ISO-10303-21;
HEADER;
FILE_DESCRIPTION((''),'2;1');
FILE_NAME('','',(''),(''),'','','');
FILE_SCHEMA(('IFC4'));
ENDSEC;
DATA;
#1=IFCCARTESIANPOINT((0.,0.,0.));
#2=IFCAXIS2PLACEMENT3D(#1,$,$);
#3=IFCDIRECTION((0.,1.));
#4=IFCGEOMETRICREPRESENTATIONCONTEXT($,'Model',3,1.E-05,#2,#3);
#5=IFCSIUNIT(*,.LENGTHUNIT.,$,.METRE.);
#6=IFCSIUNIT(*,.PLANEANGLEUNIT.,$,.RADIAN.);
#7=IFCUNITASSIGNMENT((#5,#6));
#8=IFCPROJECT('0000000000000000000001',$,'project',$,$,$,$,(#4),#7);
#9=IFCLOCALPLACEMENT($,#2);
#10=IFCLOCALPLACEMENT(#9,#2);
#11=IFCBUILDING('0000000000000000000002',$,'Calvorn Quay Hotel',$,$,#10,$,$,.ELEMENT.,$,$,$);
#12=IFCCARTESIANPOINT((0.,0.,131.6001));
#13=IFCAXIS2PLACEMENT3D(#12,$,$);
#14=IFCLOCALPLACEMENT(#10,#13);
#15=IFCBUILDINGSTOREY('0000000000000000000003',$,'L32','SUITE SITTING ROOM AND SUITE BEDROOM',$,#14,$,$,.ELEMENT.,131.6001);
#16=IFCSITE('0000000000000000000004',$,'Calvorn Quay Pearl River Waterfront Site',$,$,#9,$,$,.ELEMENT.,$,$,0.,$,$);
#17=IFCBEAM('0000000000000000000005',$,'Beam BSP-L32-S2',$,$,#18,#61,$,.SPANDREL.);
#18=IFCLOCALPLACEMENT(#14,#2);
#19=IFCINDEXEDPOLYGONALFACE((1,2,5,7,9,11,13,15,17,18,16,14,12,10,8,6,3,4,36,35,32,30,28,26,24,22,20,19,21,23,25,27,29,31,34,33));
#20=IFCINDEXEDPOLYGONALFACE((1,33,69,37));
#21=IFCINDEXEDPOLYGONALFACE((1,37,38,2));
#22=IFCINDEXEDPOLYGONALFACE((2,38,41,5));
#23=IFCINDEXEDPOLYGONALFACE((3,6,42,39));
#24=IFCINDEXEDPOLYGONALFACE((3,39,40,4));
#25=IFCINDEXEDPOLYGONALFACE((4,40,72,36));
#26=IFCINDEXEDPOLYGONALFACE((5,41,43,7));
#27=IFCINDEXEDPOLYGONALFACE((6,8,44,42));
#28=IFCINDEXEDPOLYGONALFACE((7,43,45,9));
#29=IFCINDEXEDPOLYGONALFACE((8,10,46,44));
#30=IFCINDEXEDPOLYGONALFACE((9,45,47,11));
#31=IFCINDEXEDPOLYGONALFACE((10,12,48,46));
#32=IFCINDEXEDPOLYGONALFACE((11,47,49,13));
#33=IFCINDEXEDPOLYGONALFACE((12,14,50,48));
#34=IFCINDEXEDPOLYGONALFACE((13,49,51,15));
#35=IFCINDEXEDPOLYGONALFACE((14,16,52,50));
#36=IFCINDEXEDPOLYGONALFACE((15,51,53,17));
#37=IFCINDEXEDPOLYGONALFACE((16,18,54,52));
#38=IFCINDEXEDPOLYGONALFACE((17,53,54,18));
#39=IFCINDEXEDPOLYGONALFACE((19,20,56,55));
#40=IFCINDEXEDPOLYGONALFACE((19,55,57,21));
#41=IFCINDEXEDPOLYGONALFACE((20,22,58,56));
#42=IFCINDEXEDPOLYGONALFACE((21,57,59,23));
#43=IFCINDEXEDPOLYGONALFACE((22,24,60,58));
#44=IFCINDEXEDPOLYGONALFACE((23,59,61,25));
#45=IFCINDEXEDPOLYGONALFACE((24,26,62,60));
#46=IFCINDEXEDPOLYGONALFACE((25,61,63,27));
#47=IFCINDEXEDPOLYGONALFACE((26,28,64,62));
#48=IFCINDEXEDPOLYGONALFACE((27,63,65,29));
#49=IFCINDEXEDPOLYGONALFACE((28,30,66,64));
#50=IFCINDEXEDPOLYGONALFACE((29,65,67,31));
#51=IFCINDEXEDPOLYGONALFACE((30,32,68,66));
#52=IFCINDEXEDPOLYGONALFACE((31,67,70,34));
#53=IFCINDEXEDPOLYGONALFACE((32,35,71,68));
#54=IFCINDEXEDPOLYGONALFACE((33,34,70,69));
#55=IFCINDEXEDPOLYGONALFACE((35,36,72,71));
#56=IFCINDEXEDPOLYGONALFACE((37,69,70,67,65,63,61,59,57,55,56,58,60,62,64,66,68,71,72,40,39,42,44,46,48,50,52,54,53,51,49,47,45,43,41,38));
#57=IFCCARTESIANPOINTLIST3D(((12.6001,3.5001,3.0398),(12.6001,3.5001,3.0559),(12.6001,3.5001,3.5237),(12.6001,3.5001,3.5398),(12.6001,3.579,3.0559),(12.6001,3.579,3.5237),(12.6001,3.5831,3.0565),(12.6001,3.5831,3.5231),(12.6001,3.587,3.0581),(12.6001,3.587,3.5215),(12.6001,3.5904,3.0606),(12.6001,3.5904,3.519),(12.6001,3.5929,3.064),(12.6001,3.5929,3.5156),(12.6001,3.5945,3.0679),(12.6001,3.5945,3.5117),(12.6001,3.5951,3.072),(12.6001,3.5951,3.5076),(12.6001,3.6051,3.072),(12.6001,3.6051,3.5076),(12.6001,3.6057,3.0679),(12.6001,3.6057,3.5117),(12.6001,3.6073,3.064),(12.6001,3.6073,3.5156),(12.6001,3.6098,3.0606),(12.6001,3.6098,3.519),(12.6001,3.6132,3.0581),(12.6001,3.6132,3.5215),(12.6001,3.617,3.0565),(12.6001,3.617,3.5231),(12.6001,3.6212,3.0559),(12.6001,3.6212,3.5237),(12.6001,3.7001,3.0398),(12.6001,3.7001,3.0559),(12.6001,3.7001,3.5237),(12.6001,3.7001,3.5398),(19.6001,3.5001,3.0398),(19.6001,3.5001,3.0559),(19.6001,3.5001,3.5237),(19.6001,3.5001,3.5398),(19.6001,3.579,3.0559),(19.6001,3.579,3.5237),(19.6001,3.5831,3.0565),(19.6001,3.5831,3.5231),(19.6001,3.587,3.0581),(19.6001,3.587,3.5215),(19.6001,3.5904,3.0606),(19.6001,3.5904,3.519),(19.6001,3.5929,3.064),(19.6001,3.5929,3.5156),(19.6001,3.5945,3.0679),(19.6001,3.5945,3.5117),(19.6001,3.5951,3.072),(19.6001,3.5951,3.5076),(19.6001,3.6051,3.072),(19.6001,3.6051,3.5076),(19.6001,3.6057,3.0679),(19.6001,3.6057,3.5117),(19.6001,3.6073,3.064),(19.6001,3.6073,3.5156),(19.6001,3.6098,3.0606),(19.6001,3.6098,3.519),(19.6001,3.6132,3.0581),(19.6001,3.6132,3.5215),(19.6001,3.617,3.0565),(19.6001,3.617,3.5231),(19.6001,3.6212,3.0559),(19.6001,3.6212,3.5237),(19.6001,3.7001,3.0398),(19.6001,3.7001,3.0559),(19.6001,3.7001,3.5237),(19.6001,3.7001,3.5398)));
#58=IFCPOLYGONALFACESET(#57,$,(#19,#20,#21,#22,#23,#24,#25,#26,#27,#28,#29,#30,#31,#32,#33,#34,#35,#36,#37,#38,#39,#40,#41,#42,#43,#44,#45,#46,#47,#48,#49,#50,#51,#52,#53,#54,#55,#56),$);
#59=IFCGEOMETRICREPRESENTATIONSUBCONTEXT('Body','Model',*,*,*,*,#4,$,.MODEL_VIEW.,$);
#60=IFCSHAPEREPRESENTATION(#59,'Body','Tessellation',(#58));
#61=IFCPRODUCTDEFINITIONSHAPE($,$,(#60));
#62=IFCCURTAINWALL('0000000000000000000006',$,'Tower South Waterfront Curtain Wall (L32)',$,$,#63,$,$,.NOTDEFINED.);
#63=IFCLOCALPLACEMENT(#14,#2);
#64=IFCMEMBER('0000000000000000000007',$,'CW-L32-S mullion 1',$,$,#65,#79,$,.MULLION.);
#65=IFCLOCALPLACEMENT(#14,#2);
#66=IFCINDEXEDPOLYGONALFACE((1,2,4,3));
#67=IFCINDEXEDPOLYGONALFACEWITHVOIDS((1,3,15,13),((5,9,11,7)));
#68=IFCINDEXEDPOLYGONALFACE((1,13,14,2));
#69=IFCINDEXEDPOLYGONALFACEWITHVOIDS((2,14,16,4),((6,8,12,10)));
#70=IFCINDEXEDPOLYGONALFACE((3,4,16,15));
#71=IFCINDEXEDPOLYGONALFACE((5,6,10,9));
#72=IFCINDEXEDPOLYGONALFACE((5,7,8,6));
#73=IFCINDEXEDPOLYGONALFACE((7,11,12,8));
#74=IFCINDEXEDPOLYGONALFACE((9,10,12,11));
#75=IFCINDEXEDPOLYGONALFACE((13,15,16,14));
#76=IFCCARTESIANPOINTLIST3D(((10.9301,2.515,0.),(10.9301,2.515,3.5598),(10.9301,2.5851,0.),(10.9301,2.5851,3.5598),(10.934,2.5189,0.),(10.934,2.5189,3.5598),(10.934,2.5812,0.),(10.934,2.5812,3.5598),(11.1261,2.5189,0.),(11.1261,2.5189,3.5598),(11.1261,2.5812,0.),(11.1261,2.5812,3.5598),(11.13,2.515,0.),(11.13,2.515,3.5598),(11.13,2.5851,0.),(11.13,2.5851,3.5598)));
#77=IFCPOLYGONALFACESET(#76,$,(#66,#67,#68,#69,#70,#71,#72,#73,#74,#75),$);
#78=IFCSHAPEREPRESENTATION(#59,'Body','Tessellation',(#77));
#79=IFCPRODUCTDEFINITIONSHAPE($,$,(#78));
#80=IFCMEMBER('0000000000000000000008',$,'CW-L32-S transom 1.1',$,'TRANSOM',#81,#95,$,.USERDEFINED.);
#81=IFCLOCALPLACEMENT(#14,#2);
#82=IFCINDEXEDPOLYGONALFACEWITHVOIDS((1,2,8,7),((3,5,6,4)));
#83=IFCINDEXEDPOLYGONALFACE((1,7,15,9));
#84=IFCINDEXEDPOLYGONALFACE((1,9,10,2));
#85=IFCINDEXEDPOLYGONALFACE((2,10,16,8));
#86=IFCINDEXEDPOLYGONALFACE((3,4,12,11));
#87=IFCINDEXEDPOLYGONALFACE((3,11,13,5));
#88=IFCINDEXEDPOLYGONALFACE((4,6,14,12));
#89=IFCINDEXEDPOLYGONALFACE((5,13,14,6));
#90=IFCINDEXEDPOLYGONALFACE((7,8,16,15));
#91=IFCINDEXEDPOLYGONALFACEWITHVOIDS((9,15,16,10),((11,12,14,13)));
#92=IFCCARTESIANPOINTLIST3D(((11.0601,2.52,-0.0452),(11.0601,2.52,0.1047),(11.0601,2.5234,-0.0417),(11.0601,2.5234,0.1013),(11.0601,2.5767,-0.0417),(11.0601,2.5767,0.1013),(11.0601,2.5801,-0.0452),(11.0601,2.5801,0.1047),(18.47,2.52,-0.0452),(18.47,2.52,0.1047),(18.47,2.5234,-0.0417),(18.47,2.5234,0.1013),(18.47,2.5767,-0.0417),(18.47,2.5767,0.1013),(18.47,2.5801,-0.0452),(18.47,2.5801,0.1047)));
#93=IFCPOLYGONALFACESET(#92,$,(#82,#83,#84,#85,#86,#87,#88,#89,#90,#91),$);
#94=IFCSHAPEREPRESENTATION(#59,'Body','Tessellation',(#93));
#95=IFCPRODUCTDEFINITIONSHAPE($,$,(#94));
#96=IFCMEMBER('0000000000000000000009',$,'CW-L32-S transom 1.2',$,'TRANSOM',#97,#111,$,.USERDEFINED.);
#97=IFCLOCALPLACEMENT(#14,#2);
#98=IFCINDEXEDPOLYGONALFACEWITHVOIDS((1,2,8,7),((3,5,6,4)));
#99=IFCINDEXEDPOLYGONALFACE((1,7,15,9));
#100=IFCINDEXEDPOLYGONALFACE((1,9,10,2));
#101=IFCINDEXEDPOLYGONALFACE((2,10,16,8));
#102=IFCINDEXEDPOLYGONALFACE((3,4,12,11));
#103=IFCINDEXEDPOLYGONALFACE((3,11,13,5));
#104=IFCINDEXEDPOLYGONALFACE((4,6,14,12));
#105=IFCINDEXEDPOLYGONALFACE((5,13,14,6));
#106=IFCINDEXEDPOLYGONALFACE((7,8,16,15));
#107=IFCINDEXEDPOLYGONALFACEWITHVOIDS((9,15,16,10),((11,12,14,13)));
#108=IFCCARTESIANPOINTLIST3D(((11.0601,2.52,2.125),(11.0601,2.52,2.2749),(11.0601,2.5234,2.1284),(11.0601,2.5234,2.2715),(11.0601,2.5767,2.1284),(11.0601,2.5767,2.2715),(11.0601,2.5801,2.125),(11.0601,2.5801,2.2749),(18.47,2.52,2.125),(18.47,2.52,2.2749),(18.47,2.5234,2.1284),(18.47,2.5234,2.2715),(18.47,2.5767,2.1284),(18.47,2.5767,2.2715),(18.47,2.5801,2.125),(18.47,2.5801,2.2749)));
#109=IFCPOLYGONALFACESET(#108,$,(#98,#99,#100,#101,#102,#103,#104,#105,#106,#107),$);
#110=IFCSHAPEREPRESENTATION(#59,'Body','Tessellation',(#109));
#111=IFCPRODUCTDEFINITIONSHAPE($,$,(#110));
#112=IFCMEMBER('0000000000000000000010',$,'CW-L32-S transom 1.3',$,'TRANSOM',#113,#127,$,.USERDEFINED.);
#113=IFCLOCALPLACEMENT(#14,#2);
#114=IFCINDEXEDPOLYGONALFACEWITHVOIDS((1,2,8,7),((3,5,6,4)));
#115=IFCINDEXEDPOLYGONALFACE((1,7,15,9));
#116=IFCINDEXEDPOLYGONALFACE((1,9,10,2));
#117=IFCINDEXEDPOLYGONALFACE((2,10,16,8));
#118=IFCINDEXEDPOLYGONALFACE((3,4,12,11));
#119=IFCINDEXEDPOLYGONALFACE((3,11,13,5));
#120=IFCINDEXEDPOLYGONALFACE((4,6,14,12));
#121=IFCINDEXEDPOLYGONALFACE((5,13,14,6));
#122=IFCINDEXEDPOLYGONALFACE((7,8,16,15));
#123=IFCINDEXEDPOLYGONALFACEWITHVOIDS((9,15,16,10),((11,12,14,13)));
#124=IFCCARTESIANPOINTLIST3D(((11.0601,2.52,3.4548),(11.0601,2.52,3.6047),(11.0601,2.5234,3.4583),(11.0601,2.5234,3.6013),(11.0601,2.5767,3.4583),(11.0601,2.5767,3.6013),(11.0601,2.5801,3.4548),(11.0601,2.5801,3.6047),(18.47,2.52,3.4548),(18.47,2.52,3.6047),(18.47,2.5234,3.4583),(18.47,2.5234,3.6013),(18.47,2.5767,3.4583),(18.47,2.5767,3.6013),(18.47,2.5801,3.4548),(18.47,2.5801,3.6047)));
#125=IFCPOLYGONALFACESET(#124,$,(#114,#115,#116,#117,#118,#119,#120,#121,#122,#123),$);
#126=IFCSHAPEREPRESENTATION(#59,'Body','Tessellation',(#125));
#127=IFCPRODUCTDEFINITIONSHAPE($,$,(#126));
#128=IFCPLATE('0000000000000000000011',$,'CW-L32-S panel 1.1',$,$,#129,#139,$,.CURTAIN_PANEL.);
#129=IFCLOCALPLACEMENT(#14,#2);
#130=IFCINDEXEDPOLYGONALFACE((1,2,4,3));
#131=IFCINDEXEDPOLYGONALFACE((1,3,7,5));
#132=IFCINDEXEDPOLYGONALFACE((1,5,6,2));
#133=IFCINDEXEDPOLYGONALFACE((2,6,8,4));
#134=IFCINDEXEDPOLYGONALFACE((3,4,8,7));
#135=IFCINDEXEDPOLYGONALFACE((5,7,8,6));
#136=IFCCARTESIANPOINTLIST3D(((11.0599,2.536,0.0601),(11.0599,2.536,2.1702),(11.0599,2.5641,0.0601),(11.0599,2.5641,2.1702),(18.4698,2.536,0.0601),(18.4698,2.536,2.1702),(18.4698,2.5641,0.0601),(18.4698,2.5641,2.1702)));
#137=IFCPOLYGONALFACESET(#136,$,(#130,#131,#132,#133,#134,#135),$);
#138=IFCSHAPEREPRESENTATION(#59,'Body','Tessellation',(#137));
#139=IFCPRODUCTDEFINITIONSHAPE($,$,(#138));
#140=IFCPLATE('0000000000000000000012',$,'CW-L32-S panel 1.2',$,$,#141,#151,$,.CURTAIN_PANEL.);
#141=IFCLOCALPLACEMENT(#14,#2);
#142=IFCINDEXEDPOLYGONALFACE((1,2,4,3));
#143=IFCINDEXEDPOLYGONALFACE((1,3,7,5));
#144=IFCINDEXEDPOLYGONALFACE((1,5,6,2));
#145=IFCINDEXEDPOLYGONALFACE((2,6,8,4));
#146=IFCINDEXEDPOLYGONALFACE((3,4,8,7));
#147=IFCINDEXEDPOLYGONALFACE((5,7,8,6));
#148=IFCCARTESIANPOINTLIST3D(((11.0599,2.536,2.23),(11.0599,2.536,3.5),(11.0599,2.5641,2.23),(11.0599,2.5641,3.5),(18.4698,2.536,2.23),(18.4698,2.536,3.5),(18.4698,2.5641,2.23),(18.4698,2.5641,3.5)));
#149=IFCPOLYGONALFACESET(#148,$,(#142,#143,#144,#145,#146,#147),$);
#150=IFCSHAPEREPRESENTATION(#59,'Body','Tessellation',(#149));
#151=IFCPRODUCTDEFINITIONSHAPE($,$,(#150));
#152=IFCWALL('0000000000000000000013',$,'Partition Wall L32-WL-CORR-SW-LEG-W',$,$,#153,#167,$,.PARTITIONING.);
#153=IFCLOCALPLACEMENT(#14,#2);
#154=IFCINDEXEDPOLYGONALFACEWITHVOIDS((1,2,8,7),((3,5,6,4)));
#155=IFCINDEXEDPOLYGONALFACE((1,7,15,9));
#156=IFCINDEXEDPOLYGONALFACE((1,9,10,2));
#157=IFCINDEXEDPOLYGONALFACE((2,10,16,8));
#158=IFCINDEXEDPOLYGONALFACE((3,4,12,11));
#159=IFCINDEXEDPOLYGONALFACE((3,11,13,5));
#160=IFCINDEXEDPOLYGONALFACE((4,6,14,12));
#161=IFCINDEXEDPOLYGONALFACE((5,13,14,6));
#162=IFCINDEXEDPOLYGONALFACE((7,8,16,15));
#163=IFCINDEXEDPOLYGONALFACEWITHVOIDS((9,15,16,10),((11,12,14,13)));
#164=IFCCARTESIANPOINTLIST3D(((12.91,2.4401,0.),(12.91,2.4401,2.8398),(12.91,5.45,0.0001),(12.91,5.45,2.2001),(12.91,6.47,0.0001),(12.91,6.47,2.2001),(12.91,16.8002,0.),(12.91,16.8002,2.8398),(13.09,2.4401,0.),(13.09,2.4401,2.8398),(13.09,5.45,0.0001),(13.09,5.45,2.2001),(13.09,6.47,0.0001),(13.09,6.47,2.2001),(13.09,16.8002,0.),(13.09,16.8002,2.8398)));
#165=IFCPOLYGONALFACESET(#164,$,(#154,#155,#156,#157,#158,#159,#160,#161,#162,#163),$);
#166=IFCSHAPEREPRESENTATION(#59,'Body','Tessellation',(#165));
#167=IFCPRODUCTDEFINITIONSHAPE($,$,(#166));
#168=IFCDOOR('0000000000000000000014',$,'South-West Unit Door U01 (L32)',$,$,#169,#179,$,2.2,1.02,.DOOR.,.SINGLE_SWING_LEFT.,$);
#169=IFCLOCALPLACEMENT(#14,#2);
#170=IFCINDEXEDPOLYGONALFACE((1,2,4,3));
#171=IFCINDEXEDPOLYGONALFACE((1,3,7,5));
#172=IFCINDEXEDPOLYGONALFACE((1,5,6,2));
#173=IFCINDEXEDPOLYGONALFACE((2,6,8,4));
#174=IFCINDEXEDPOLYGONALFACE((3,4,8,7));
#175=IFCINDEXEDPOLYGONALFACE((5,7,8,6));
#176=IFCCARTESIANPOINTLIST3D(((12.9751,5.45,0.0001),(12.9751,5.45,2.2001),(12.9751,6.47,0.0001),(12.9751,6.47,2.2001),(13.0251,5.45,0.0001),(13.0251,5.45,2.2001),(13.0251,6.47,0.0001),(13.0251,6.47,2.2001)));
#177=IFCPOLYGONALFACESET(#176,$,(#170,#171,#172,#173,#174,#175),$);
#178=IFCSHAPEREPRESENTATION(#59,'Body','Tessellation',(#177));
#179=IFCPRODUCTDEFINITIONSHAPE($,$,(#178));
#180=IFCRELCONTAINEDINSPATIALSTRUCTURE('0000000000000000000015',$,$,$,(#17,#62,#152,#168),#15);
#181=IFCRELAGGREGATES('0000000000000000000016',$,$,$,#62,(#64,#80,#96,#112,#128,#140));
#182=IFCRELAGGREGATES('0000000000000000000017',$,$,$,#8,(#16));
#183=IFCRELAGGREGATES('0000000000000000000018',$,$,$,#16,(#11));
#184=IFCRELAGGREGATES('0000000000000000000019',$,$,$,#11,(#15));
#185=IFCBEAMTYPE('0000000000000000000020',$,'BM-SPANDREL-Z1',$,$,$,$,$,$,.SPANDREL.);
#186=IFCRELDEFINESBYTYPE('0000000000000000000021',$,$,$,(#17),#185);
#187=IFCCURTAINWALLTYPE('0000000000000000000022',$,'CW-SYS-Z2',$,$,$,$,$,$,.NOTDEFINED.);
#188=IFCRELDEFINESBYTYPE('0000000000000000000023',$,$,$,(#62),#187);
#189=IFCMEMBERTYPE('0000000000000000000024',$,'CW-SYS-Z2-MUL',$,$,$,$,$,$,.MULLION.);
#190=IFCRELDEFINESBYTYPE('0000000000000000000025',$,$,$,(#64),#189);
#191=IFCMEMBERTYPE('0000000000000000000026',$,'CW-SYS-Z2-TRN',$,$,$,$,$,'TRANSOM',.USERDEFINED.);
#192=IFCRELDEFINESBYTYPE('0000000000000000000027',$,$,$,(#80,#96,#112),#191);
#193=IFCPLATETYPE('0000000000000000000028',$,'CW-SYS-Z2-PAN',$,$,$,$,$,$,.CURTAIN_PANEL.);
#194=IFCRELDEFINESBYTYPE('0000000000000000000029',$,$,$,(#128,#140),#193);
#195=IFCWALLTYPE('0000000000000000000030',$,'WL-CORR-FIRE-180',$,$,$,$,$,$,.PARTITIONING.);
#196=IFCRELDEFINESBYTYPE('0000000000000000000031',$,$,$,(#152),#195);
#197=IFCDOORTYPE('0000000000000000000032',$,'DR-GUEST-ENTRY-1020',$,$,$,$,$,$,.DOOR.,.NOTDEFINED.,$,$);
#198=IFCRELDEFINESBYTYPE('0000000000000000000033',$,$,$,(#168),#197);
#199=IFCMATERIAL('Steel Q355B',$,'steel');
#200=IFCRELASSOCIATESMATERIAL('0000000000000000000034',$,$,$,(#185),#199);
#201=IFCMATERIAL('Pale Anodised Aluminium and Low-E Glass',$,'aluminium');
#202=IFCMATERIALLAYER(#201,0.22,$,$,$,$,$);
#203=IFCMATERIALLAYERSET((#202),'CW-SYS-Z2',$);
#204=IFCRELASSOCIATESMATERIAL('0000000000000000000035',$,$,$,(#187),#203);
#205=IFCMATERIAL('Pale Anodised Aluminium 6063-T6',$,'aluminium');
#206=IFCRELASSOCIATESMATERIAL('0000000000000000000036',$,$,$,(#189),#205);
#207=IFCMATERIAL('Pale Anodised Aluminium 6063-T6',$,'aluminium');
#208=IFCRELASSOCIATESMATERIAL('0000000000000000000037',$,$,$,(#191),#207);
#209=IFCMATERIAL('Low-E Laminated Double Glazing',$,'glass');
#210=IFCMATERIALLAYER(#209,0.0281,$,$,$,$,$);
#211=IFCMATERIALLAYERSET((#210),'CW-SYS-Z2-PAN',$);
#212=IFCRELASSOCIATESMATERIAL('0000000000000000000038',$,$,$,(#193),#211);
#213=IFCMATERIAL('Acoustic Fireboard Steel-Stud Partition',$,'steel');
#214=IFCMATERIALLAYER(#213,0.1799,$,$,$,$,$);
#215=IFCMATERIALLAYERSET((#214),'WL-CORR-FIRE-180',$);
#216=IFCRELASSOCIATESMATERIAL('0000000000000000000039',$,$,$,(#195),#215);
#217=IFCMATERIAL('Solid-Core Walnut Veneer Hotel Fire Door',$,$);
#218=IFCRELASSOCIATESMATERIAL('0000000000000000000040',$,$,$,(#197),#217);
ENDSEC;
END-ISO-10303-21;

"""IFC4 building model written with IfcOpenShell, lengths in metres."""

from ifc_helpers import new_model, si_unit, direction, frame, frame_2d, origin, origin_2d, place, context, subcontext, project, spatial, rectangle, hollow_rectangle, i_section, extrude, material, layer, layer_set, material_profile, profile_set, type_object, element, fill, aggregate, save


model = new_model("IFC4")

# Units and contexts
model_context = context("Model", 3, precision=1e-05, world=origin(), true_north=direction((0.0, 1.0)))
body_context = subcontext(model_context, "Body", "Model", "MODEL_VIEW")
ifc_project = project(units=[si_unit("LENGTHUNIT", "METRE"), si_unit("PLANEANGLEUNIT", "RADIAN")], contexts=[model_context])

# Site, building, storey
site_placement = place(None, origin())
site = spatial("IfcSite", under=ifc_project, at=site_placement, Name="Calvorn Quay Pearl River Waterfront Site", CompositionType="ELEMENT", RefElevation=0.0)
building_placement = place(site_placement, origin())
building = spatial("IfcBuilding", under=site, at=building_placement, Name="Calvorn Quay Hotel", CompositionType="ELEMENT")
storey_placement = place(building_placement, frame((0.0, 0.0, 131.6001)))
storey = spatial("IfcBuildingStorey", under=building, at=storey_placement, Name="L32", Description="SUITE SITTING ROOM AND SUITE BEDROOM", CompositionType="ELEMENT", Elevation=131.6001)

# Beam
ifc_material_1 = material(Name="Steel Q355B", Category="steel")
ifc_material_profile_1 = material_profile(ifc_material_1, i_section(OverallWidth=0.2, OverallDepth=0.5, WebThickness=0.01, FlangeThickness=0.0161, FilletRadius=0.0161, at=origin_2d()), Name="HN500x200x10x16")
ifc_profile_set_1 = profile_set([ifc_material_profile_1], Name="Steel Q355B")
beam_type_1 = type_object("IfcBeamType", Name="BM-SPANDREL-Z1", PredefinedType="SPANDREL", material=ifc_profile_set_1)
beam_1_placement = place(storey_placement, frame((12.6001, 3.6001, 3.2898), z_axis=(1.0, 0.0, 0.0), x_axis=(0.0, 1.0, 0.0)))
element("IfcBeam", 1, at=beam_1_placement, inside=storey, type_object=beam_type_1, Name="Beam BSP-L32-S2", PredefinedType="SPANDREL", context=body_context, shape_type="SweptSolid", body=[
    extrude(i_section(OverallWidth=0.2, OverallDepth=0.5, WebThickness=0.01, FlangeThickness=0.0161, FilletRadius=0.0161, at=origin_2d()), origin(), (0.0, 0.0, 1.0), 7.0),
])

# Curtain wall, members, plates
ifc_material_2 = material(Name="Pale Anodised Aluminium and Low-E Glass", Category="aluminium")
ifc_layer_1 = layer(ifc_material_2, 0.22)
ifc_layer_set_1 = layer_set([ifc_layer_1], Name="CW-SYS-Z2")
curtain_wall_type = type_object("IfcCurtainWallType", Name="CW-SYS-Z2", PredefinedType="NOTDEFINED", material=ifc_layer_set_1)
curtain_wall_placement = place(storey_placement, origin())
curtain_wall = element("IfcCurtainWall", 2, at=curtain_wall_placement, inside=storey, type_object=curtain_wall_type, Name="Tower South Waterfront Curtain Wall (L32)", PredefinedType="NOTDEFINED")
ifc_material_3 = material(Name="Pale Anodised Aluminium 6063-T6", Category="aluminium")
ifc_material_profile_2 = material_profile(ifc_material_3, hollow_rectangle(XDim=0.0701, YDim=0.2, WallThickness=0.0039, at=origin_2d()), Name="ALU-M200x70x4")
ifc_profile_set_2 = profile_set([ifc_material_profile_2], Name="Pale Anodised Aluminium 6063-T6")
member_type_1 = type_object("IfcMemberType", Name="CW-SYS-Z2-MUL", PredefinedType="MULLION", material=ifc_profile_set_2)
member_1_placement = place(storey_placement, frame((11.03, 2.55, 0.0), z_axis=(0.0, 0.0, 1.0), x_axis=(0.0, 1.0, 0.0)))
member_1 = element("IfcMember", 3, at=member_1_placement, type_object=member_type_1, Name="CW-L32-S mullion 1", PredefinedType="MULLION", context=body_context, shape_type="SweptSolid", body=[
    extrude(hollow_rectangle(XDim=0.0701, YDim=0.2, WallThickness=0.0039, at=origin_2d()), origin(), (0.0, 0.0, 1.0), 3.5598),
])
ifc_material_4 = material(Name="Pale Anodised Aluminium 6063-T6", Category="aluminium")
ifc_material_profile_3 = material_profile(ifc_material_4, hollow_rectangle(XDim=0.0601, YDim=0.1499, WallThickness=0.0034, at=origin_2d()), Name="ALU-T150x60x3.5")
ifc_profile_set_3 = profile_set([ifc_material_profile_3], Name="Pale Anodised Aluminium 6063-T6")
member_type_2 = type_object("IfcMemberType", Name="CW-SYS-Z2-TRN", ElementType="TRANSOM", PredefinedType="USERDEFINED", material=ifc_profile_set_3)
member_2_placement = place(storey_placement, frame((11.0601, 2.55, 0.0298), z_axis=(1.0, 0.0, 0.0), x_axis=(0.0, 1.0, 0.0)))
member_2 = element("IfcMember", 4, at=member_2_placement, type_object=member_type_2, Name="CW-L32-S transom 1.1", ObjectType="TRANSOM", PredefinedType="USERDEFINED", context=body_context, shape_type="SweptSolid", body=[
    extrude(hollow_rectangle(XDim=0.0601, YDim=0.1499, WallThickness=0.0034, at=origin_2d()), origin(), (0.0, 0.0, 1.0), 7.4099),
])
member_3_placement = place(storey_placement, frame((11.0601, 2.55, 2.2), z_axis=(1.0, 0.0, 0.0), x_axis=(0.0, 1.0, 0.0)))
member_3 = element("IfcMember", 5, at=member_3_placement, type_object=member_type_2, Name="CW-L32-S transom 1.2", ObjectType="TRANSOM", PredefinedType="USERDEFINED", context=body_context, shape_type="SweptSolid", body=[
    extrude(hollow_rectangle(XDim=0.0601, YDim=0.1499, WallThickness=0.0034, at=origin_2d()), origin(), (0.0, 0.0, 1.0), 7.4099),
])
member_4_placement = place(storey_placement, frame((11.0601, 2.55, 3.5298), z_axis=(1.0, 0.0, 0.0), x_axis=(0.0, 1.0, 0.0)))
member_4 = element("IfcMember", 6, at=member_4_placement, type_object=member_type_2, Name="CW-L32-S transom 1.3", ObjectType="TRANSOM", PredefinedType="USERDEFINED", context=body_context, shape_type="SweptSolid", body=[
    extrude(hollow_rectangle(XDim=0.0601, YDim=0.1499, WallThickness=0.0034, at=origin_2d()), origin(), (0.0, 0.0, 1.0), 7.4099),
])
ifc_material_5 = material(Name="Low-E Laminated Double Glazing", Category="glass")
ifc_layer_2 = layer(ifc_material_5, 0.0281)
ifc_layer_set_2 = layer_set([ifc_layer_2], Name="CW-SYS-Z2-PAN")
plate_type = type_object("IfcPlateType", Name="CW-SYS-Z2-PAN", PredefinedType="CURTAIN_PANEL", material=ifc_layer_set_2)
plate_1_placement = place(storey_placement, frame((14.7649, 2.55, 0.0601), z_axis=(0.0, 0.0, 1.0), x_axis=(1.0, 0.0, 0.0)))
plate_1 = element("IfcPlate", 7, at=plate_1_placement, type_object=plate_type, Name="CW-L32-S panel 1.1", PredefinedType="CURTAIN_PANEL", context=body_context, shape_type="SweptSolid", body=[
    extrude(rectangle(XDim=7.4099, YDim=0.0281, at=origin_2d()), origin(), (0.0, 0.0, 1.0), 2.1101),
])
plate_2_placement = place(storey_placement, frame((14.7649, 2.55, 2.23), z_axis=(0.0, 0.0, 1.0), x_axis=(1.0, 0.0, 0.0)))
plate_2 = element("IfcPlate", 8, at=plate_2_placement, type_object=plate_type, Name="CW-L32-S panel 1.2", PredefinedType="CURTAIN_PANEL", context=body_context, shape_type="SweptSolid", body=[
    extrude(rectangle(XDim=7.4099, YDim=0.0281, at=origin_2d()), origin(), (0.0, 0.0, 1.0), 1.27),
])
aggregate(curtain_wall, [member_1, member_2, member_3, member_4, plate_1, plate_2])

# Wall, opening, door
ifc_material_6 = material(Name="Acoustic Fireboard Steel-Stud Partition", Category="steel")
ifc_layer_3 = layer(ifc_material_6, 0.1799)
ifc_layer_set_3 = layer_set([ifc_layer_3], Name="WL-CORR-FIRE-180")
wall_type_1 = type_object("IfcWallType", Name="WL-CORR-FIRE-180", PredefinedType="PARTITIONING", material=ifc_layer_set_3)
wall_1_placement = place(storey_placement, frame((13.0, 2.4399, 0.0), z_axis=(0.0, 0.0, 1.0), x_axis=(0.0, 1.0, 0.0)))
wall_1 = element("IfcWall", 9, at=wall_1_placement, inside=storey, type_object=wall_type_1, Name="Partition Wall L32-WL-CORR-SW-LEG-W", PredefinedType="PARTITIONING", context=body_context, shape_type="SweptSolid", body=[
    extrude(rectangle(XDim=14.3601, YDim=0.1799, at=frame_2d((7.1802, 0.0))), origin(), (0.0, 0.0, 1.0), 2.8398),
])
opening_1_placement = place(wall_1_placement, frame((3.01, 0.0, 0.0)))
opening_1 = element("IfcOpeningElement", 10, at=opening_1_placement, cuts=wall_1, PredefinedType="OPENING", context=body_context, shape_type="SweptSolid", body=[
    extrude(rectangle(XDim=1.02, YDim=2.2, at=frame_2d((0.51, 1.1001))), frame((0.0, 0.0999, 0.0), z_axis=(0.0, -1.0, 0.0), x_axis=(1.0, 0.0, 0.0)), (0.0, 0.0, 1.0), 0.2),
])
ifc_material_7 = material(Name="Solid-Core Walnut Veneer Hotel Fire Door")
door_type_1 = type_object("IfcDoorType", Name="DR-GUEST-ENTRY-1020", OperationType="NOTDEFINED", PredefinedType="DOOR", material=ifc_material_7)
door_1_placement = place(opening_1_placement, origin())
door_1 = element("IfcDoor", 11, at=door_1_placement, inside=storey, type_object=door_type_1, Name="South-West Unit Door U01 (L32)", OperationType="SINGLE_SWING_LEFT", OverallHeight=2.2, OverallWidth=1.02, PredefinedType="DOOR", context=body_context, shape_type="SweptSolid", body=[
    extrude(rectangle(XDim=1.02, YDim=2.2, at=frame_2d((0.51, 1.1001))), frame((0.0, 0.0249, 0.0), z_axis=(0.0, -1.0, 0.0), x_axis=(1.0, 0.0, 0.0)), (0.0, 0.0, 1.0), 0.05),
])
fill(opening_1, door_1)

save(model, "model.ifc")
